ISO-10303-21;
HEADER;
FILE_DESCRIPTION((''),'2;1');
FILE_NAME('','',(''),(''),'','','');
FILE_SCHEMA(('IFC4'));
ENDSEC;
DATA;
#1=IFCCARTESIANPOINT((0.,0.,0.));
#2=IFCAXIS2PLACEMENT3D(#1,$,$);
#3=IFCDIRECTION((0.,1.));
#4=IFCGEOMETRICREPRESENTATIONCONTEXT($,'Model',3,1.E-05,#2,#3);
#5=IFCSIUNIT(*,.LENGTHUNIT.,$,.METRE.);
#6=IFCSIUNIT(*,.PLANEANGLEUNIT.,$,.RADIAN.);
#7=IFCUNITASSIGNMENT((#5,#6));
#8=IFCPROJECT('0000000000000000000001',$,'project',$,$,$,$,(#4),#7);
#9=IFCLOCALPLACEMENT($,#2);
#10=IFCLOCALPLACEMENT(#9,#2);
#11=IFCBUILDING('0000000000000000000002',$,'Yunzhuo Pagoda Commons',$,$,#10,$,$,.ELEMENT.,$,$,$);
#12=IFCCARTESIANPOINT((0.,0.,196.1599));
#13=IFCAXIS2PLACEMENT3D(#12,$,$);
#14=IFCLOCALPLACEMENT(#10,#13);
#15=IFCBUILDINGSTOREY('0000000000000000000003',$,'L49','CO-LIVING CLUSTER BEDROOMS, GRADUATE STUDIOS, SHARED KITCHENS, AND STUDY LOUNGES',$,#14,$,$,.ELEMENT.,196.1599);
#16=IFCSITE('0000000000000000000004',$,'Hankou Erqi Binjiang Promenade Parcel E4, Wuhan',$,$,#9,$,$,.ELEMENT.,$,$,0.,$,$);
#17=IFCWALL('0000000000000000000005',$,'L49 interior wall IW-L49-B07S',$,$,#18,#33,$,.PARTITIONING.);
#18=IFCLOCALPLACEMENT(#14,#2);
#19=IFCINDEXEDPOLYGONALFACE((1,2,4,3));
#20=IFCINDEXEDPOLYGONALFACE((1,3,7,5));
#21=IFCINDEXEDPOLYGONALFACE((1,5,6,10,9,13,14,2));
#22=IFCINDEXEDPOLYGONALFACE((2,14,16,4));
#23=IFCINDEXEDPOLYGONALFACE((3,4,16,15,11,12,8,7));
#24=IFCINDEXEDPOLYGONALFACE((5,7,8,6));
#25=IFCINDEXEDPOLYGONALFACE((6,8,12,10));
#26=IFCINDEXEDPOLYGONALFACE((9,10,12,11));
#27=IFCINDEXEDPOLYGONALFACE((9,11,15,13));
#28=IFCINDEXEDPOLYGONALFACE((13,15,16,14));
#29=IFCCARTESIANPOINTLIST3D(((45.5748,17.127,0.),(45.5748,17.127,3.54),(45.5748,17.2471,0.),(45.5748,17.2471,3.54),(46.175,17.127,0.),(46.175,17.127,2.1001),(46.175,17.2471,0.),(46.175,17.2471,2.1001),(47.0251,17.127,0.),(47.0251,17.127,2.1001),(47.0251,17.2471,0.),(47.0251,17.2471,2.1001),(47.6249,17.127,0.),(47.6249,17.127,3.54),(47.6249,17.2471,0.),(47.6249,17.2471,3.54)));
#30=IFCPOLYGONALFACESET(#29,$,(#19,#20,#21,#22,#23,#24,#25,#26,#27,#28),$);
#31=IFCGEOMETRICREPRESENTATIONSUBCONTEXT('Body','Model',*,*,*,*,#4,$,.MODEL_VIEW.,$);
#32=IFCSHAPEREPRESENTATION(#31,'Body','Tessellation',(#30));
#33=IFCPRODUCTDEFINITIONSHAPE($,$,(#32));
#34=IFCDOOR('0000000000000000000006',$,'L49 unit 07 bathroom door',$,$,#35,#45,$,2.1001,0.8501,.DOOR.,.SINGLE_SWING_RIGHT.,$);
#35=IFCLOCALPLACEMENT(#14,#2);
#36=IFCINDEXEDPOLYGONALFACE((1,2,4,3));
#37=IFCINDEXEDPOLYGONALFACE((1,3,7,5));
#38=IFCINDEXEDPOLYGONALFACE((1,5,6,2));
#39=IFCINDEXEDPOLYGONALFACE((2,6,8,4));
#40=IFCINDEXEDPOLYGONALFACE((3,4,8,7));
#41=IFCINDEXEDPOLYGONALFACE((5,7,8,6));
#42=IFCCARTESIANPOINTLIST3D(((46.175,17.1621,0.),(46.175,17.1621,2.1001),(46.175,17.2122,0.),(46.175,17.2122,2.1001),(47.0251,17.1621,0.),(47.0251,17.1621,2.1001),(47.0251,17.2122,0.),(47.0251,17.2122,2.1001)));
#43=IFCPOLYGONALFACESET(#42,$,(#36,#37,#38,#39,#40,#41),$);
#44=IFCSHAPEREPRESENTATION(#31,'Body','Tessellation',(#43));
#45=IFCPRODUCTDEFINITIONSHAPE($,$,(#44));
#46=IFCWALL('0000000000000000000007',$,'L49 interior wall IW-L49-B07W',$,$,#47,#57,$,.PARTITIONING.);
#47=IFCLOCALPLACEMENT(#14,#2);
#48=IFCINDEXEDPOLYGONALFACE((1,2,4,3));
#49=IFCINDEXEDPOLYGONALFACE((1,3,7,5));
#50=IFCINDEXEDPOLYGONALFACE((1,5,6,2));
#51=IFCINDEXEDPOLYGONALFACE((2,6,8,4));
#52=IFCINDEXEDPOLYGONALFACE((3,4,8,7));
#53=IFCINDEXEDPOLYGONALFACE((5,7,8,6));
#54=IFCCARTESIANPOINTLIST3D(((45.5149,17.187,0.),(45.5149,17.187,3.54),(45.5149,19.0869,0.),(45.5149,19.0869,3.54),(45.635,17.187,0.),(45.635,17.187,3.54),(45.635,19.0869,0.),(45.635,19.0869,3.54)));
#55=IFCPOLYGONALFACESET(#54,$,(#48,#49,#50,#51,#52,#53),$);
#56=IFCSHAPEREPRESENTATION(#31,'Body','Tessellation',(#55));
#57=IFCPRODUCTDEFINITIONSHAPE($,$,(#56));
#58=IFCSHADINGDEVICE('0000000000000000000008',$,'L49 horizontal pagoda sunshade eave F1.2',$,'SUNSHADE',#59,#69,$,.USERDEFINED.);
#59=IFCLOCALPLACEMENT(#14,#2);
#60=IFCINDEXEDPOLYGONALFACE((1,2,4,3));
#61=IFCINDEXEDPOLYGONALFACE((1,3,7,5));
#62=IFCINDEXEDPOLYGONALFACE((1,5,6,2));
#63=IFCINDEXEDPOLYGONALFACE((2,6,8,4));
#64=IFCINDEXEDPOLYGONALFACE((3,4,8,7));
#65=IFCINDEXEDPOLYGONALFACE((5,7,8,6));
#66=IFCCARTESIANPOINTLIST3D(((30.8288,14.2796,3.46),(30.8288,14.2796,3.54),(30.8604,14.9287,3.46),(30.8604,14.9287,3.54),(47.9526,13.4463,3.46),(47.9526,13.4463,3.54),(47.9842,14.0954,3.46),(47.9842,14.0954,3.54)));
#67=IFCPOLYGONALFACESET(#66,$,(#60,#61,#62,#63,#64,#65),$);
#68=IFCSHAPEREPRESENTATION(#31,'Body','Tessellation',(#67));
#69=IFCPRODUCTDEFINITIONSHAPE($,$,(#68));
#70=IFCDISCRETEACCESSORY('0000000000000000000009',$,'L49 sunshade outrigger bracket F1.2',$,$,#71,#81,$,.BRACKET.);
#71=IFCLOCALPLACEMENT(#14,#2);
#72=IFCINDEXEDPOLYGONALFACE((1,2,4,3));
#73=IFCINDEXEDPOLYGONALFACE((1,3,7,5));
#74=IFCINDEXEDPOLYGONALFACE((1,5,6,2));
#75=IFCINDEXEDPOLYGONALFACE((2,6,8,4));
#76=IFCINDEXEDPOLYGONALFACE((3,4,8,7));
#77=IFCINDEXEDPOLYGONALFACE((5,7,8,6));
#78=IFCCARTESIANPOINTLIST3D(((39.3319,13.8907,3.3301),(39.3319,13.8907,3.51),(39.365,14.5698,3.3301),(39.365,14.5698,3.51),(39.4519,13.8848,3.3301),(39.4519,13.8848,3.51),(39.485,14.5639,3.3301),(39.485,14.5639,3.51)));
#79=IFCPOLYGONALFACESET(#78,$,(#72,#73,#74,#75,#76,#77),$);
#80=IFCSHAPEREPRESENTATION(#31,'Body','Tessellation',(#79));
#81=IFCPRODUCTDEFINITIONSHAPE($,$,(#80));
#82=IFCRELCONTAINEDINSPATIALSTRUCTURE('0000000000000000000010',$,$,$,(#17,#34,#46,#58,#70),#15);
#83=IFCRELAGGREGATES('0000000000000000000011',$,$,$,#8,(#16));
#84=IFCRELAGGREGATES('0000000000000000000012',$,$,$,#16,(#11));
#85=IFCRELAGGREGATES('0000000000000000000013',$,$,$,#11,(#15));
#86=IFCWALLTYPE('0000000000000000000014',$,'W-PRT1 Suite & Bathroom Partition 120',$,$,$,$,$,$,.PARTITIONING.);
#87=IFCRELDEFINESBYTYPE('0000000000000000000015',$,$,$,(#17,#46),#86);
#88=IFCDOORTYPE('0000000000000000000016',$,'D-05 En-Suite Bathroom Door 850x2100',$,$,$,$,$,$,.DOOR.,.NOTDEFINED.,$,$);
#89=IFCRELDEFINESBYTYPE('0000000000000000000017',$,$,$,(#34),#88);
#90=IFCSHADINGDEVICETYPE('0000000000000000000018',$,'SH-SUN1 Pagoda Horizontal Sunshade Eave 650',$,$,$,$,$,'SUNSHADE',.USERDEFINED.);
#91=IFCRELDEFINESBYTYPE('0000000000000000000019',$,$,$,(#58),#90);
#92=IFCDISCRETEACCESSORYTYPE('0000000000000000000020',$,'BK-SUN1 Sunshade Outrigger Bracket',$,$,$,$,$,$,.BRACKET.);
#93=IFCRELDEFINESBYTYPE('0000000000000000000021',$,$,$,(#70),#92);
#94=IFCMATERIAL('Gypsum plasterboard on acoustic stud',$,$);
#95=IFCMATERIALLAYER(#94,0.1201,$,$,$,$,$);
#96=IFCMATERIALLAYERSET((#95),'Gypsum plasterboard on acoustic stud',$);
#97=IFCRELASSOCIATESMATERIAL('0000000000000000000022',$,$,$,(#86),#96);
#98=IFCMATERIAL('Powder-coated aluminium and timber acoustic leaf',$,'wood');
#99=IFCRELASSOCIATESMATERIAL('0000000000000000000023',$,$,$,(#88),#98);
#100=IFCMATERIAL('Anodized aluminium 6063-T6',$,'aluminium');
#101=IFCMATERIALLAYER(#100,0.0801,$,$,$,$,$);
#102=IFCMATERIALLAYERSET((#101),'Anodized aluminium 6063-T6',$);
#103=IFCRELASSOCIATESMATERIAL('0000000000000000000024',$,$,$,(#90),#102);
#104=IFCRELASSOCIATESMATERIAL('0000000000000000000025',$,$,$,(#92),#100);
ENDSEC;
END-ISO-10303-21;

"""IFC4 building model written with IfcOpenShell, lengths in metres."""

from ifc_helpers import new_model, si_unit, direction, frame, frame_2d, origin, origin_2d, place, context, subcontext, project, spatial, rectangle, extrude, source, transform, mapped, material, layer, layer_set, type_object, element, fill, save


model = new_model("IFC4")

# Units and contexts
model_context = context("Model", 3, precision=1e-05, world=origin(), true_north=direction((0.0, 1.0)))
body_context = subcontext(model_context, "Body", "Model", "MODEL_VIEW")
ifc_project = project(units=[si_unit("LENGTHUNIT", "METRE"), si_unit("PLANEANGLEUNIT", "RADIAN")], contexts=[model_context])

# Site, building, storey
site_placement = place(None, origin())
site = spatial("IfcSite", under=ifc_project, at=site_placement, Name="Hankou Erqi Binjiang Promenade Parcel E4, Wuhan", CompositionType="ELEMENT", RefElevation=0.0)
building_placement = place(site_placement, origin())
building = spatial("IfcBuilding", under=site, at=building_placement, Name="Yunzhuo Pagoda Commons", CompositionType="ELEMENT")
storey_placement = place(building_placement, frame((0.0, 0.0, 196.1599)))
storey = spatial("IfcBuildingStorey", under=building, at=storey_placement, Name="L49", Description="CO-LIVING CLUSTER BEDROOMS, GRADUATE STUDIOS, SHARED KITCHENS, AND STUDY LOUNGES", CompositionType="ELEMENT", Elevation=196.1599)

# Shared definitions
ifc_material_1 = material(Name="Anodized aluminium 6063-T6", Category="aluminium")

# Wall, opening, door
ifc_material_2 = material(Name="Gypsum plasterboard on acoustic stud")
ifc_layer_1 = layer(ifc_material_2, 0.1201)
ifc_layer_set_1 = layer_set([ifc_layer_1], Name="Gypsum plasterboard on acoustic stud")
wall_type = type_object("IfcWallType", Name="W-PRT1 Suite & Bathroom Partition 120", PredefinedType="PARTITIONING", material=ifc_layer_set_1)
wall_1_placement = place(storey_placement, frame((45.575, 17.187, 0.0), z_axis=(0.0, 0.0, 1.0), x_axis=(1.0, 0.0, 0.0)))
wall_1 = element("IfcWall", 1, at=wall_1_placement, inside=storey, type_object=wall_type, Name="L49 interior wall IW-L49-B07S", PredefinedType="PARTITIONING", context=body_context, shape_type="SweptSolid", body=[
    extrude(rectangle(XDim=2.05, YDim=0.1201, at=frame_2d((1.0249, 0.0))), origin(), (0.0, 0.0, 1.0), 3.54),
])
opening_placement = place(wall_1_placement, frame((0.6001, 0.0, 0.0)))
opening = element("IfcOpeningElement", 2, at=opening_placement, cuts=wall_1, PredefinedType="OPENING", context=body_context, shape_type="SweptSolid", body=[
    extrude(rectangle(XDim=0.8501, YDim=2.1001, at=frame_2d((0.425, 1.05))), frame((0.0, 0.0701, 0.0), z_axis=(0.0, -1.0, 0.0), x_axis=(1.0, 0.0, 0.0)), (0.0, 0.0, 1.0), 0.1401),
])
ifc_material_3 = material(Name="Powder-coated aluminium and timber acoustic leaf", Category="wood")
door_type = type_object("IfcDoorType", Name="D-05 En-Suite Bathroom Door 850x2100", OperationType="NOTDEFINED", PredefinedType="DOOR", material=ifc_material_3)
shared_shape_1 = source(origin(), body_context, "Body", "SweptSolid", [
    extrude(rectangle(XDim=0.8501, YDim=2.1001, at=frame_2d((0.425, 1.05))), frame((0.0, 0.0249, 0.0), z_axis=(0.0, -1.0, 0.0), x_axis=(1.0, 0.0, 0.0)), (0.0, 0.0, 1.0), 0.05),
])
door_placement = place(opening_placement, frame((0.8501, 0.0, 0.0), z_axis=(0.0, 0.0, 1.0), x_axis=(-1.0, 0.0, 0.0)))
door = element("IfcDoor", 3, at=door_placement, inside=storey, type_object=door_type, Name="L49 unit 07 bathroom door", OperationType="SINGLE_SWING_RIGHT", OverallHeight=2.1001, OverallWidth=0.8501, PredefinedType="DOOR", context=body_context, shape_type="MappedRepresentation", body=[
    mapped(shared_shape_1, transform((0.0, 0.0, 0.0), scale=1.0)),
])
fill(opening, door)

# Wall
wall_2_placement = place(storey_placement, frame((45.575, 19.0869, 0.0), z_axis=(0.0, 0.0, 1.0), x_axis=(0.0, -1.0, 0.0)))
element("IfcWall", 4, at=wall_2_placement, inside=storey, type_object=wall_type, Name="L49 interior wall IW-L49-B07W", PredefinedType="PARTITIONING", context=body_context, shape_type="SweptSolid", body=[
    extrude(rectangle(XDim=1.8999, YDim=0.1201, at=frame_2d((0.95, 0.0))), origin(), (0.0, 0.0, 1.0), 3.54),
])

# Shading device
ifc_layer_2 = layer(ifc_material_1, 0.0801)
ifc_layer_set_2 = layer_set([ifc_layer_2], Name="Anodized aluminium 6063-T6")
shading_device_type = type_object("IfcShadingDeviceType", Name="SH-SUN1 Pagoda Horizontal Sunshade Eave 650", ElementType="SUNSHADE", PredefinedType="USERDEFINED", material=ifc_layer_set_2)
shared_shape_2 = source(origin(), body_context, "Body", "SweptSolid", [
    extrude(rectangle(XDim=17.144, YDim=0.6499, at=origin_2d()), origin(), (0.0, 0.0, 1.0), 0.0801),
])
shading_device_placement = place(storey_placement, frame((39.4065, 14.1875, 3.46), z_axis=(0.0, 0.0, 1.0), x_axis=(0.998818, -0.048606, 0.0)))
element("IfcShadingDevice", 5, at=shading_device_placement, inside=storey, type_object=shading_device_type, Name="L49 horizontal pagoda sunshade eave F1.2", ObjectType="SUNSHADE", PredefinedType="USERDEFINED", context=body_context, shape_type="MappedRepresentation", body=[
    mapped(shared_shape_2, transform((0.0, 0.0, 0.0), scale=1.0)),
])

# Discrete accessory
discrete_accessory_type = type_object("IfcDiscreteAccessoryType", Name="BK-SUN1 Sunshade Outrigger Bracket", PredefinedType="BRACKET", material=ifc_material_1)
shared_shape_3 = source(origin(), body_context, "Body", "SweptSolid", [
    extrude(rectangle(XDim=0.1201, YDim=0.6799, at=origin_2d()), origin(), (0.0, 0.0, 1.0), 0.1799),
])
discrete_accessory_placement = place(storey_placement, frame((39.4084, 14.2273, 3.3301), z_axis=(0.0, 0.0, 1.0), x_axis=(0.998818, -0.048606, 0.0)))
element("IfcDiscreteAccessory", 6, at=discrete_accessory_placement, inside=storey, type_object=discrete_accessory_type, Name="L49 sunshade outrigger bracket F1.2", PredefinedType="BRACKET", context=body_context, shape_type="MappedRepresentation", body=[
    mapped(shared_shape_3, transform((0.0, 0.0, 0.0), scale=1.0)),
])

save(model, "model.ifc")
